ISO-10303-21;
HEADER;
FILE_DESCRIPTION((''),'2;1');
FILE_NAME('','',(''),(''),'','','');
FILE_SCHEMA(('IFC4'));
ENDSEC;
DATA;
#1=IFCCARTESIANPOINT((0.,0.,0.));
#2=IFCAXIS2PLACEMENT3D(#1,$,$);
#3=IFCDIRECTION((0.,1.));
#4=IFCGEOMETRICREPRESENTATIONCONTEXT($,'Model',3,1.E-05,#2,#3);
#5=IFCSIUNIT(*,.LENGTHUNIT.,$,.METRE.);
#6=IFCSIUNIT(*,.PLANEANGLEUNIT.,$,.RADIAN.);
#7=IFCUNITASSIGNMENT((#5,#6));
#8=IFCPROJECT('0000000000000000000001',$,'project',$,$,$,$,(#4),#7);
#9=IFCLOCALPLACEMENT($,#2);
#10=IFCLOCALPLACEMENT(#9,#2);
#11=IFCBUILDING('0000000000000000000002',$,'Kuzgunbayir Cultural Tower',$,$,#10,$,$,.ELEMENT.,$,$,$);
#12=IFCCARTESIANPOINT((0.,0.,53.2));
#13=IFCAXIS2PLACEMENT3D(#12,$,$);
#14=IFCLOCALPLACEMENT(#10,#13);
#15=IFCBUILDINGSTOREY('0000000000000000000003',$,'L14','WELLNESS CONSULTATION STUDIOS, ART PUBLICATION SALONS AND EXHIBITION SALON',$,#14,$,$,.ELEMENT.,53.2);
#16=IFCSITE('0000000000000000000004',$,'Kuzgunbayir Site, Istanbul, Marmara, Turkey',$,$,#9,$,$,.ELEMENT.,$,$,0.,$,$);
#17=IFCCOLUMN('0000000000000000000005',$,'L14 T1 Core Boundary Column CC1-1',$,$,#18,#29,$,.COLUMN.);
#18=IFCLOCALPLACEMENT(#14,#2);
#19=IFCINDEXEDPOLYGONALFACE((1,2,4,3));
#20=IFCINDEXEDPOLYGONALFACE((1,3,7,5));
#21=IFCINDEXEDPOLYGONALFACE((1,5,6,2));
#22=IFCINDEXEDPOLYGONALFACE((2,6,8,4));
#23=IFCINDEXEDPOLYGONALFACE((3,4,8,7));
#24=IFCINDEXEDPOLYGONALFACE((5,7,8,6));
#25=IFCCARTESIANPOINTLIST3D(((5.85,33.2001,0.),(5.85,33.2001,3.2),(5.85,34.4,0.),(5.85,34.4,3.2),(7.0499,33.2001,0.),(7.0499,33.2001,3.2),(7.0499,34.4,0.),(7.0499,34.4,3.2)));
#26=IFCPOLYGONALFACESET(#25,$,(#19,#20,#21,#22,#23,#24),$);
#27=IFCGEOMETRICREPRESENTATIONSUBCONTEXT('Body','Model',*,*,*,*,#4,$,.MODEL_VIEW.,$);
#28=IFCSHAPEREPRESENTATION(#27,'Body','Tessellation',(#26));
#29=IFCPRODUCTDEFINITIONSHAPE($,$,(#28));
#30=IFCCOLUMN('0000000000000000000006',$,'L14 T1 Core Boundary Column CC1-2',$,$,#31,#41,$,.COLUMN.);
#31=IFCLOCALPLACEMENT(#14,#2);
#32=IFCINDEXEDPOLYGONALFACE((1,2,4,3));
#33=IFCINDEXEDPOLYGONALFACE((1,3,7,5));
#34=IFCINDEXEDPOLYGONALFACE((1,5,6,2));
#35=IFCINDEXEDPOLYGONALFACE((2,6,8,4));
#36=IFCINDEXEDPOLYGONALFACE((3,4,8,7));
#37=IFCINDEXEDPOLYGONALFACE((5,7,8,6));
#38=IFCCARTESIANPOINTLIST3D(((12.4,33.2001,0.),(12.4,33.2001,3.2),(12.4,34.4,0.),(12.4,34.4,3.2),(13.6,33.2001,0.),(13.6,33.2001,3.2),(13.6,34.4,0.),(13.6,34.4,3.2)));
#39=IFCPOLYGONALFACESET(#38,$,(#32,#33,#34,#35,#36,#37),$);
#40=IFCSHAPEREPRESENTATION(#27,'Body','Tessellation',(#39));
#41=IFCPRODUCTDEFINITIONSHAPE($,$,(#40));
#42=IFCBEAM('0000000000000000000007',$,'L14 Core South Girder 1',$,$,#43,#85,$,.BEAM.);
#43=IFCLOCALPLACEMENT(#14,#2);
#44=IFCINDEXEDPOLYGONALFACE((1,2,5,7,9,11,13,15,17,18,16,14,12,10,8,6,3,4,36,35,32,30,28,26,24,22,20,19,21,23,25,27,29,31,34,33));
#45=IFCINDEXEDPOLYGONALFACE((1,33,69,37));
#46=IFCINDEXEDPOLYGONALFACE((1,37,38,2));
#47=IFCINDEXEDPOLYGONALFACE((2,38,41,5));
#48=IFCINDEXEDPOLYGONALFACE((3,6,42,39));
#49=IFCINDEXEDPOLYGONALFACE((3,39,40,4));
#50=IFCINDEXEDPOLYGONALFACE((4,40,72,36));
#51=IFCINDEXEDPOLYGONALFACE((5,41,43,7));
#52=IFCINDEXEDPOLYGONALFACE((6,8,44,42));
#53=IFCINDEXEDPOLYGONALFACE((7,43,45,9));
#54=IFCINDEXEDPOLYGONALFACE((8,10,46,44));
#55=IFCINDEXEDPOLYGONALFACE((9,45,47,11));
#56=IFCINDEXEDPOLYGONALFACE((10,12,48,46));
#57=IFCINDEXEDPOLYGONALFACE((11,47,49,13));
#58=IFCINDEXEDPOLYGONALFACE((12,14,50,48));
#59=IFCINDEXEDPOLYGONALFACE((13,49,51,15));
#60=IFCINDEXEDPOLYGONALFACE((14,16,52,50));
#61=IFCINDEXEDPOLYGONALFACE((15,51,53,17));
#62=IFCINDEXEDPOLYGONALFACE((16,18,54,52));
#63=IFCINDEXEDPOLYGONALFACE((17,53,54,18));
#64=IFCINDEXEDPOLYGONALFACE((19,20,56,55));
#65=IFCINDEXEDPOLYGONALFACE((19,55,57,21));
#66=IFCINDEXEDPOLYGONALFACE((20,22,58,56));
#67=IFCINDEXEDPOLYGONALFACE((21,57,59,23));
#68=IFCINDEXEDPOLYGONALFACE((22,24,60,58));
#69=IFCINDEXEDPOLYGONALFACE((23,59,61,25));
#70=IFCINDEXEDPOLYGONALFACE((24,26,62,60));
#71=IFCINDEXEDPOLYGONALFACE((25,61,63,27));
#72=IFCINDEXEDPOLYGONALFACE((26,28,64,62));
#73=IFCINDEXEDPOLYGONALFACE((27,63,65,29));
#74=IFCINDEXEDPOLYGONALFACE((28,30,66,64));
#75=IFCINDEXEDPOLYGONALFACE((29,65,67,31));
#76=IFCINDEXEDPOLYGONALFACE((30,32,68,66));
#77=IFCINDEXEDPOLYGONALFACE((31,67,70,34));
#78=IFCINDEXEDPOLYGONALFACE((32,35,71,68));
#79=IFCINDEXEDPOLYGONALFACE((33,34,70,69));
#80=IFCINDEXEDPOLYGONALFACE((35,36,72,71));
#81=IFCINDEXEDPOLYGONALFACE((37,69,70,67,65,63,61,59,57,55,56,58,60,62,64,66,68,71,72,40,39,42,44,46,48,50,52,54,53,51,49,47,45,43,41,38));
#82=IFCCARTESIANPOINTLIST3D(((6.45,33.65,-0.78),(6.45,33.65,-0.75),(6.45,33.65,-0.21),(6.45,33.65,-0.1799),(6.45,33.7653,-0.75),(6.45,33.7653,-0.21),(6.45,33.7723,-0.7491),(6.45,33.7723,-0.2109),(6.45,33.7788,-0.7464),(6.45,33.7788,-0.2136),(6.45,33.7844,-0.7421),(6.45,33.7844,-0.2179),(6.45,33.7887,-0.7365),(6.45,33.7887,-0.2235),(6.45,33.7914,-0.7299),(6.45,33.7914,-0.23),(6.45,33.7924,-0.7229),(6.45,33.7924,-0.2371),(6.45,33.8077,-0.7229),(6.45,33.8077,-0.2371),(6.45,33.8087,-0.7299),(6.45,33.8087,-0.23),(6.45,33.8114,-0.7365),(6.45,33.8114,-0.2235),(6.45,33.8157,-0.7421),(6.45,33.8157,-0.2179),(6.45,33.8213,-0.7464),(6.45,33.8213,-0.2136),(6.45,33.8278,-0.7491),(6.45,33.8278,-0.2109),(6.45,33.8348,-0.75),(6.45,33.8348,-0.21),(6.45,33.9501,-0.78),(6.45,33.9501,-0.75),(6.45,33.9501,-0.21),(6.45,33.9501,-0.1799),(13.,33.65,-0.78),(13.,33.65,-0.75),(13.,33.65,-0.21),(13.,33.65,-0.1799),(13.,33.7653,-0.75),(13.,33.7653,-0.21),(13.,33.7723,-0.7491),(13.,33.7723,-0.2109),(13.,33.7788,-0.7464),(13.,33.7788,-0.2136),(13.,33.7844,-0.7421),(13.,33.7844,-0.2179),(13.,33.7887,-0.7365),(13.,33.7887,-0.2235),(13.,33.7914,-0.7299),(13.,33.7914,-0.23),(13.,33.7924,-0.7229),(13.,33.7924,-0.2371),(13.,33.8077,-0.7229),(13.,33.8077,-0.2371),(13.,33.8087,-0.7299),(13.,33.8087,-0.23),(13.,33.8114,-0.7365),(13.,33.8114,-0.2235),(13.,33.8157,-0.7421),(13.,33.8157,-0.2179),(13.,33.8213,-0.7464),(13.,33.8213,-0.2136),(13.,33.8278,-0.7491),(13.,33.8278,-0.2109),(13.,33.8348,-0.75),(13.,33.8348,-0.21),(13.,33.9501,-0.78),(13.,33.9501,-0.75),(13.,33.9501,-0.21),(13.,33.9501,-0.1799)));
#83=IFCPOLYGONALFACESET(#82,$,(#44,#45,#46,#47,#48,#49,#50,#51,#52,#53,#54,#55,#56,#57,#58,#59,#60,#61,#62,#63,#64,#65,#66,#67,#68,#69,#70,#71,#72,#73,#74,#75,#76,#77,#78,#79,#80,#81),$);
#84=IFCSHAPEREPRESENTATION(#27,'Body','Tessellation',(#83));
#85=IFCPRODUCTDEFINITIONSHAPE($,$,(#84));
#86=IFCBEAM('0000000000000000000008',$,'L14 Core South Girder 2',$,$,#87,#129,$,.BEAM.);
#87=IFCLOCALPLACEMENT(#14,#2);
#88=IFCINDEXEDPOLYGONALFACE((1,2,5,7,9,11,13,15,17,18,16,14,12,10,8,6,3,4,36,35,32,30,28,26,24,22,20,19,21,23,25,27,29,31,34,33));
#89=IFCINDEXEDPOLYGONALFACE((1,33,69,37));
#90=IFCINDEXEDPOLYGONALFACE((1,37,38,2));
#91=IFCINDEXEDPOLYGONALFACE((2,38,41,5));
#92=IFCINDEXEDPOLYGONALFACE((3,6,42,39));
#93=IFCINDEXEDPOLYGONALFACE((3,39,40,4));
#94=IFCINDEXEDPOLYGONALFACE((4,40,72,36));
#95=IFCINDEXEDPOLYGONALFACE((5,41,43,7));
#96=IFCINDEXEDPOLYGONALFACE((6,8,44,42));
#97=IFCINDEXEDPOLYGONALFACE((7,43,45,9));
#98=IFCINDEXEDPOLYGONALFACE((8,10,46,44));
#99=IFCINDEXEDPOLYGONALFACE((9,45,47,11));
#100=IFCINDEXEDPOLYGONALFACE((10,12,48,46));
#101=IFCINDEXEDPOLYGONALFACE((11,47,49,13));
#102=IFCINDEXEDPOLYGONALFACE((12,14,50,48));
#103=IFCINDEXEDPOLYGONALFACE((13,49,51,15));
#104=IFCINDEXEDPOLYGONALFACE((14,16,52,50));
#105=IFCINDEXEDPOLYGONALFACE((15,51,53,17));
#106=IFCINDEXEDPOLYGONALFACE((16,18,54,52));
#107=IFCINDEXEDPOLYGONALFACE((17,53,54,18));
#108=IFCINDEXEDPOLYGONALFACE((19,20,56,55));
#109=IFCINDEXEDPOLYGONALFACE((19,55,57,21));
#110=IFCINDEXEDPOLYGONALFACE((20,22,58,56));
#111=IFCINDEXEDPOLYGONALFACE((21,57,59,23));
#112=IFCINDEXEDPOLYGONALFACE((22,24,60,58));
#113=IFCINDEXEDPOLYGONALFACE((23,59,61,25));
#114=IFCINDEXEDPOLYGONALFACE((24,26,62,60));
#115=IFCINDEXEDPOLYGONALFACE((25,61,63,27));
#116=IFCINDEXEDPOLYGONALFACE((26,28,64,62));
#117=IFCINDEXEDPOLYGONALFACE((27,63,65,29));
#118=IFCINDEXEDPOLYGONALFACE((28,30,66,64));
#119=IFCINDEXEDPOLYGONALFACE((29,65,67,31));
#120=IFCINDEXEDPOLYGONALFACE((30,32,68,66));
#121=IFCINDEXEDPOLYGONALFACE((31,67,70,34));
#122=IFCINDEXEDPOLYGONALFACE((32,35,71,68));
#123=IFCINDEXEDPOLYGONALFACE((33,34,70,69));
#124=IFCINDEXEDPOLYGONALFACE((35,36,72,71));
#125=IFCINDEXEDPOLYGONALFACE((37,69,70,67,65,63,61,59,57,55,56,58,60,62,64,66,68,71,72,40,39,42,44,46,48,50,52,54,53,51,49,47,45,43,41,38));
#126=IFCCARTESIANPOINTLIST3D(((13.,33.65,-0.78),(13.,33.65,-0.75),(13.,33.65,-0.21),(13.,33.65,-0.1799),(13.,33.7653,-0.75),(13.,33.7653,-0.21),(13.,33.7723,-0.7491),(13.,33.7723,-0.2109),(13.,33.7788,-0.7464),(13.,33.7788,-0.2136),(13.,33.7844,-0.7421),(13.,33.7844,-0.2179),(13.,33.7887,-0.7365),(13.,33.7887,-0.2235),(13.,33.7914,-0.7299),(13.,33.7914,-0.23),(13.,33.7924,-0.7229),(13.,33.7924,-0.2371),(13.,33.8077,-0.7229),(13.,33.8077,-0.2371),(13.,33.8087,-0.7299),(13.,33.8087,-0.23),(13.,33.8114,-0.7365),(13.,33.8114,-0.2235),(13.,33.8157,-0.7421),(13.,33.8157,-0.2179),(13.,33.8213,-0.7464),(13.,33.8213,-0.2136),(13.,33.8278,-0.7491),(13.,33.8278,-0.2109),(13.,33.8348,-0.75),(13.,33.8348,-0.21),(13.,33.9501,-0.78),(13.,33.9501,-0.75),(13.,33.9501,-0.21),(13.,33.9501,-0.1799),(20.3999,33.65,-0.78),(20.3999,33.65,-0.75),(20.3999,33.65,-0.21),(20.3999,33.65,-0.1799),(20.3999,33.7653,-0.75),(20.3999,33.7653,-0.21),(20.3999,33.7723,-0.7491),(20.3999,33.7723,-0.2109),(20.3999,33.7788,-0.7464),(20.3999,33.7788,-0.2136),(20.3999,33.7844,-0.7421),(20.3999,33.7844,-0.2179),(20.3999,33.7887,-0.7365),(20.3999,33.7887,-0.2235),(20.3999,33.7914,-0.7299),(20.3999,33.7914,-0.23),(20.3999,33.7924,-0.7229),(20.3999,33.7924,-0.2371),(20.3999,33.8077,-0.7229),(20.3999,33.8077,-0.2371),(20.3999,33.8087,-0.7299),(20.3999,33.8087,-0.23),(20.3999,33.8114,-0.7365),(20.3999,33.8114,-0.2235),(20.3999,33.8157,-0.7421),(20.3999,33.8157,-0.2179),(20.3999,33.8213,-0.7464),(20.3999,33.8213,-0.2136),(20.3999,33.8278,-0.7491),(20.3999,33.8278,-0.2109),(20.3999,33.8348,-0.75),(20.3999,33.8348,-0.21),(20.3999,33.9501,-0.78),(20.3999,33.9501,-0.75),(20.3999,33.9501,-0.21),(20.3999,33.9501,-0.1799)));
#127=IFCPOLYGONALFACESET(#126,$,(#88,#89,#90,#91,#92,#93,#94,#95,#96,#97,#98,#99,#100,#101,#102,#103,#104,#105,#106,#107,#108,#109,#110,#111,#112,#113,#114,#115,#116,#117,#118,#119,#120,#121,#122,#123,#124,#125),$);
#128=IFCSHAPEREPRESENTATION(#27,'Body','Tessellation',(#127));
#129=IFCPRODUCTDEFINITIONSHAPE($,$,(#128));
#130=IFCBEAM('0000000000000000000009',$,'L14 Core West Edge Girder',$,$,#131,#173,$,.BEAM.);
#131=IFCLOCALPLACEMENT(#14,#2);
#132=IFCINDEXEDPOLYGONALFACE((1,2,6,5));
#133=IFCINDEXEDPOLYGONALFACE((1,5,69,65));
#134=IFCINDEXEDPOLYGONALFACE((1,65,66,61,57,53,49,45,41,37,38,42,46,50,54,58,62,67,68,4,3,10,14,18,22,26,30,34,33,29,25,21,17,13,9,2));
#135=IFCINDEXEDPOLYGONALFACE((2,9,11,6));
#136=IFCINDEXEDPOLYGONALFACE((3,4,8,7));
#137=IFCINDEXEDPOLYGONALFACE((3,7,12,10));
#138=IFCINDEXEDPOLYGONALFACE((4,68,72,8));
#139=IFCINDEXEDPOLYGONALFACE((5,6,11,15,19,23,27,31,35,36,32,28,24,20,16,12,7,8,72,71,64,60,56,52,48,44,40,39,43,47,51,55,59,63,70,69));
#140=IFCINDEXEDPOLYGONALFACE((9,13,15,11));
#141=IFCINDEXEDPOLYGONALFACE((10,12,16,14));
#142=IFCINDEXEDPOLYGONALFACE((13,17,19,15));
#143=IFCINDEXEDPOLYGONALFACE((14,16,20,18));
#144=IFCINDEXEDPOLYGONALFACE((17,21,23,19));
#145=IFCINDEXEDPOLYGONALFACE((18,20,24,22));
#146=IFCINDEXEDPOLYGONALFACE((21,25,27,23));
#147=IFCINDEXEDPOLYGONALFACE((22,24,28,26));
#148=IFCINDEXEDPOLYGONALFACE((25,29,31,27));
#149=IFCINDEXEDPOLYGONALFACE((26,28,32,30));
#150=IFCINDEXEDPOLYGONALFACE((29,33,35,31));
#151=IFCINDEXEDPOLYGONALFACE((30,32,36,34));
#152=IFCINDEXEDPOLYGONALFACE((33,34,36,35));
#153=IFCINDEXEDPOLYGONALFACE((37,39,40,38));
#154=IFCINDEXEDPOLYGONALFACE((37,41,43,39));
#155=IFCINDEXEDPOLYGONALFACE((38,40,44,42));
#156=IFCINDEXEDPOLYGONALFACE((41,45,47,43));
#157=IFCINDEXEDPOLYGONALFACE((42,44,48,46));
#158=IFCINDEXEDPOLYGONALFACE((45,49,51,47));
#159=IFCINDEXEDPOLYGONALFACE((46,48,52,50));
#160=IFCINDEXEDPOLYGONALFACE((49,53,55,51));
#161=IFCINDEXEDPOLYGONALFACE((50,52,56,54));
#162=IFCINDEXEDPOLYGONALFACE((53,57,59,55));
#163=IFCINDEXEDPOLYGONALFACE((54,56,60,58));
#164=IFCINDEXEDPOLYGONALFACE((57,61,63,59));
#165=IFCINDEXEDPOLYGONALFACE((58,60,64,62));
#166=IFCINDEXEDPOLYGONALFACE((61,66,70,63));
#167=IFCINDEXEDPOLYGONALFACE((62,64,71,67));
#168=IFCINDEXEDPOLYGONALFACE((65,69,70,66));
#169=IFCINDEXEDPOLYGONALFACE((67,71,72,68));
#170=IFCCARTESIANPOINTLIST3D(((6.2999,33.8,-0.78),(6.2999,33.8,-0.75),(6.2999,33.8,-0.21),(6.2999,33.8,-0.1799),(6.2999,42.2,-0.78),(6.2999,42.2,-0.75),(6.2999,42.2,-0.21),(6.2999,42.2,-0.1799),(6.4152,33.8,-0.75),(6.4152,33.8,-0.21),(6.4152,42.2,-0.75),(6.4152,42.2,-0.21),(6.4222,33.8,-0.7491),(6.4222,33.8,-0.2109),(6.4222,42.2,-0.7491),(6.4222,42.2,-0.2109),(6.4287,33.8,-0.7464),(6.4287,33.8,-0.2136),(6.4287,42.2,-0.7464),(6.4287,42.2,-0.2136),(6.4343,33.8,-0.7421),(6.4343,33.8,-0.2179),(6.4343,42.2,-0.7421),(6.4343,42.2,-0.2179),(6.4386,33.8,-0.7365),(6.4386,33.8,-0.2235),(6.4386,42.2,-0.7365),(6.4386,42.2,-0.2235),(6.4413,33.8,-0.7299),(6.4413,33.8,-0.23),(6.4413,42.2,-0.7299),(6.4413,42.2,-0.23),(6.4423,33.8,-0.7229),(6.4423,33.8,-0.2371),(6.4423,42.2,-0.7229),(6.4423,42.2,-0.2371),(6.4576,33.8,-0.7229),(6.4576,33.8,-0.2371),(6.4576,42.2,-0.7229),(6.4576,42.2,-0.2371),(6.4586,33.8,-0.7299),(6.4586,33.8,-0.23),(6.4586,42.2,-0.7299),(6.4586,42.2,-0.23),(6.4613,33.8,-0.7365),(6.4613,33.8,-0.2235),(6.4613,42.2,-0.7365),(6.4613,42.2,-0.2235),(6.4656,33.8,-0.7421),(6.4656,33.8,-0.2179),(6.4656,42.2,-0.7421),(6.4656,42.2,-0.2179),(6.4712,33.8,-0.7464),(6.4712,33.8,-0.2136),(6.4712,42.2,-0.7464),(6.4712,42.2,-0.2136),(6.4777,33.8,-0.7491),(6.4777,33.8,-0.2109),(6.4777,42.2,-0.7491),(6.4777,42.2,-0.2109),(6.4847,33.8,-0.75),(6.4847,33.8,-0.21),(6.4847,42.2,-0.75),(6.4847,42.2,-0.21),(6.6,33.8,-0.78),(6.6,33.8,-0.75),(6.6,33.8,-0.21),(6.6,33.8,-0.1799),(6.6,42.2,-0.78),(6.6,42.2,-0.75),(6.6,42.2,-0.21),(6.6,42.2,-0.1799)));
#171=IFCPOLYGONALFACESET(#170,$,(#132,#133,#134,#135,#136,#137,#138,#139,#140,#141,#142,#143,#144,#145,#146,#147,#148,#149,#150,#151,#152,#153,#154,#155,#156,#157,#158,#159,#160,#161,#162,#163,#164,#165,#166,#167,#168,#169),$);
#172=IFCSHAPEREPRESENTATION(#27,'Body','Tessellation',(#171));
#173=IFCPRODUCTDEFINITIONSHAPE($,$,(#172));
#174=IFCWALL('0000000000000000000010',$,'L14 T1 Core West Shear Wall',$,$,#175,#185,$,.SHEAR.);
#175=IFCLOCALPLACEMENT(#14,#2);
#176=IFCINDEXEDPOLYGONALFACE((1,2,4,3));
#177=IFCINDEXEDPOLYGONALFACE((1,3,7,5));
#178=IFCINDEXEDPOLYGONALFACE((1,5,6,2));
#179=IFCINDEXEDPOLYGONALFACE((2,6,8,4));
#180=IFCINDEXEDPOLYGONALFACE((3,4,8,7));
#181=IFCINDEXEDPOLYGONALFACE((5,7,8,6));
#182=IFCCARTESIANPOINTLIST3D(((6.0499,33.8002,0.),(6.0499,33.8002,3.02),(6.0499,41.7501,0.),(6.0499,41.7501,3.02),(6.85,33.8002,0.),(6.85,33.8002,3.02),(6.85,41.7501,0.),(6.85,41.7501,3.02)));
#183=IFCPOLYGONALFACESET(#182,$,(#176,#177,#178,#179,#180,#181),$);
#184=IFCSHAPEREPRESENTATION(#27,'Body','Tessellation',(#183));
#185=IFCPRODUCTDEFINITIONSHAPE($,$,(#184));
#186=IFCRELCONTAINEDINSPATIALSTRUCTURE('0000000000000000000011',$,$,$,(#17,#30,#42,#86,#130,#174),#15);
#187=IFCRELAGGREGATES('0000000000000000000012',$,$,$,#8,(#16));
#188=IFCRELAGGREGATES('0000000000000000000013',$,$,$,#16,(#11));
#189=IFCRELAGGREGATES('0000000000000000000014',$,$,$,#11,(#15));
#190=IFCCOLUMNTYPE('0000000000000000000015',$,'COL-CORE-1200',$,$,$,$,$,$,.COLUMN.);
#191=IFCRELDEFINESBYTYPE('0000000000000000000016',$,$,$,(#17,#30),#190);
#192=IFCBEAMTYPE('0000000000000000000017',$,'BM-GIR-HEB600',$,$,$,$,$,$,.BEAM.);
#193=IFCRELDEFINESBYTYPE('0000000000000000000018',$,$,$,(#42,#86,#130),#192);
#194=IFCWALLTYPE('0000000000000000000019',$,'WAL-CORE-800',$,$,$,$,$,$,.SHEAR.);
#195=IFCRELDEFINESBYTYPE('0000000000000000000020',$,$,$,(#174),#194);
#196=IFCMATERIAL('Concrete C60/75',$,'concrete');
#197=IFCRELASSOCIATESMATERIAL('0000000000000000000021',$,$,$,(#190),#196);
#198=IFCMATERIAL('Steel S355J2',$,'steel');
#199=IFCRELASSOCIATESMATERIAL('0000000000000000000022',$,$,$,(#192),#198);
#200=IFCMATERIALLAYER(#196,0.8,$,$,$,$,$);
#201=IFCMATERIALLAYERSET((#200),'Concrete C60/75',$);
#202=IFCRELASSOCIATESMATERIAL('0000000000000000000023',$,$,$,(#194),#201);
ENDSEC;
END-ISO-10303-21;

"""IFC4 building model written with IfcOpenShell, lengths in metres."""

from ifc_helpers import new_model, si_unit, direction, frame, frame_2d, origin, origin_2d, place, context, subcontext, project, spatial, rectangle, i_section, extrude, material, layer, layer_set, material_profile, profile_set, type_object, element, save


model = new_model("IFC4")

# Units and contexts
model_context = context("Model", 3, precision=1e-05, world=origin(), true_north=direction((0.0, 1.0)))
body_context = subcontext(model_context, "Body", "Model", "MODEL_VIEW")
ifc_project = project(units=[si_unit("LENGTHUNIT", "METRE"), si_unit("PLANEANGLEUNIT", "RADIAN")], contexts=[model_context])

# Site, building, storey
site_placement = place(None, origin())
site = spatial("IfcSite", under=ifc_project, at=site_placement, Name="Kuzgunbayir Site, Istanbul, Marmara, Turkey", CompositionType="ELEMENT", RefElevation=0.0)
building_placement = place(site_placement, origin())
building = spatial("IfcBuilding", under=site, at=building_placement, Name="Kuzgunbayir Cultural Tower", CompositionType="ELEMENT")
storey_placement = place(building_placement, frame((0.0, 0.0, 53.2)))
storey = spatial("IfcBuildingStorey", under=building, at=storey_placement, Name="L14", Description="WELLNESS CONSULTATION STUDIOS, ART PUBLICATION SALONS AND EXHIBITION SALON", CompositionType="ELEMENT", Elevation=53.2)

# Columns
ifc_material_1 = material(Name="Concrete C60/75", Category="concrete")
ifc_material_profile_1 = material_profile(ifc_material_1, rectangle(XDim=1.2, YDim=1.2, at=origin_2d()), Name="RC 1200x1200")
ifc_profile_set_1 = profile_set([ifc_material_profile_1], Name="Concrete C60/75")
column_type = type_object("IfcColumnType", Name="COL-CORE-1200", PredefinedType="COLUMN", material=ifc_profile_set_1)
for number, where, z_axis, x_axis, name in (
    (1, (6.45, 33.8, 0.0), (0.0, 0.0, 1.0), (1.0, 0.0, 0.0), "L14 T1 Core Boundary Column CC1-1"),
    (2, (13.0, 33.8, 0.0), (0.0, 0.0, 1.0), (1.0, 0.0, 0.0), "L14 T1 Core Boundary Column CC1-2"),
):
    element("IfcColumn", number, at=place(storey_placement, frame(where, z_axis=z_axis, x_axis=x_axis)), inside=storey, type_object=column_type, Name=name, PredefinedType="COLUMN", context=body_context, shape_type="SweptSolid", body=[
        extrude(rectangle(XDim=1.2, YDim=1.2, at=origin_2d()), origin(), (0.0, 0.0, 1.0), 3.2),
    ])

# Beams
ifc_material_2 = material(Name="Steel S355J2", Category="steel")
ifc_material_profile_2 = material_profile(ifc_material_2, i_section(OverallWidth=0.3, OverallDepth=0.6001, WebThickness=0.0154, FlangeThickness=0.03, FilletRadius=0.0271, at=origin_2d()), Name="HEB 600")
ifc_profile_set_2 = profile_set([ifc_material_profile_2], Name="Steel S355J2")
beam_type = type_object("IfcBeamType", Name="BM-GIR-HEB600", PredefinedType="BEAM", material=ifc_profile_set_2)
beam_1_placement = place(storey_placement, frame((6.45, 33.8, -0.48), z_axis=(1.0, 0.0, 0.0), x_axis=(0.0, 1.0, 0.0)))
element("IfcBeam", 3, at=beam_1_placement, inside=storey, type_object=beam_type, Name="L14 Core South Girder 1", PredefinedType="BEAM", context=body_context, shape_type="SweptSolid", body=[
    extrude(i_section(OverallWidth=0.3, OverallDepth=0.6001, WebThickness=0.0154, FlangeThickness=0.03, FilletRadius=0.0271, at=origin_2d()), origin(), (0.0, 0.0, 1.0), 6.55),
])
beam_2_placement = place(storey_placement, frame((13.0, 33.8, -0.48), z_axis=(1.0, 0.0, 0.0), x_axis=(0.0, 1.0, 0.0)))
element("IfcBeam", 4, at=beam_2_placement, inside=storey, type_object=beam_type, Name="L14 Core South Girder 2", PredefinedType="BEAM", context=body_context, shape_type="SweptSolid", body=[
    extrude(i_section(OverallWidth=0.3, OverallDepth=0.6001, WebThickness=0.0154, FlangeThickness=0.03, FilletRadius=0.0271, at=origin_2d()), origin(), (0.0, 0.0, 1.0), 7.3999),
])
beam_3_placement = place(storey_placement, frame((6.45, 33.8, -0.48), z_axis=(0.0, 1.0, 0.0), x_axis=(-1.0, 0.0, 0.0)))
element("IfcBeam", 5, at=beam_3_placement, inside=storey, type_object=beam_type, Name="L14 Core West Edge Girder", PredefinedType="BEAM", context=body_context, shape_type="SweptSolid", body=[
    extrude(i_section(OverallWidth=0.3, OverallDepth=0.6001, WebThickness=0.0154, FlangeThickness=0.03, FilletRadius=0.0271, at=origin_2d()), origin(), (0.0, 0.0, 1.0), 8.3999),
])

# Wall
ifc_layer_1 = layer(ifc_material_1, 0.8)
ifc_layer_set_1 = layer_set([ifc_layer_1], Name="Concrete C60/75")
wall_type_1 = type_object("IfcWallType", Name="WAL-CORE-800", PredefinedType="SHEAR", material=ifc_layer_set_1)
wall_1_placement = place(storey_placement, frame((6.45, 33.8, 0.0), z_axis=(0.0, 0.0, 1.0), x_axis=(0.0, 1.0, 0.0)))
element("IfcWall", 6, at=wall_1_placement, inside=storey, type_object=wall_type_1, Name="L14 T1 Core West Shear Wall", PredefinedType="SHEAR", context=body_context, shape_type="SweptSolid", body=[
    extrude(rectangle(XDim=7.95, YDim=0.8, at=frame_2d((3.9751, 0.0))), origin(), (0.0, 0.0, 1.0), 3.02),
])

save(model, "model.ifc")
